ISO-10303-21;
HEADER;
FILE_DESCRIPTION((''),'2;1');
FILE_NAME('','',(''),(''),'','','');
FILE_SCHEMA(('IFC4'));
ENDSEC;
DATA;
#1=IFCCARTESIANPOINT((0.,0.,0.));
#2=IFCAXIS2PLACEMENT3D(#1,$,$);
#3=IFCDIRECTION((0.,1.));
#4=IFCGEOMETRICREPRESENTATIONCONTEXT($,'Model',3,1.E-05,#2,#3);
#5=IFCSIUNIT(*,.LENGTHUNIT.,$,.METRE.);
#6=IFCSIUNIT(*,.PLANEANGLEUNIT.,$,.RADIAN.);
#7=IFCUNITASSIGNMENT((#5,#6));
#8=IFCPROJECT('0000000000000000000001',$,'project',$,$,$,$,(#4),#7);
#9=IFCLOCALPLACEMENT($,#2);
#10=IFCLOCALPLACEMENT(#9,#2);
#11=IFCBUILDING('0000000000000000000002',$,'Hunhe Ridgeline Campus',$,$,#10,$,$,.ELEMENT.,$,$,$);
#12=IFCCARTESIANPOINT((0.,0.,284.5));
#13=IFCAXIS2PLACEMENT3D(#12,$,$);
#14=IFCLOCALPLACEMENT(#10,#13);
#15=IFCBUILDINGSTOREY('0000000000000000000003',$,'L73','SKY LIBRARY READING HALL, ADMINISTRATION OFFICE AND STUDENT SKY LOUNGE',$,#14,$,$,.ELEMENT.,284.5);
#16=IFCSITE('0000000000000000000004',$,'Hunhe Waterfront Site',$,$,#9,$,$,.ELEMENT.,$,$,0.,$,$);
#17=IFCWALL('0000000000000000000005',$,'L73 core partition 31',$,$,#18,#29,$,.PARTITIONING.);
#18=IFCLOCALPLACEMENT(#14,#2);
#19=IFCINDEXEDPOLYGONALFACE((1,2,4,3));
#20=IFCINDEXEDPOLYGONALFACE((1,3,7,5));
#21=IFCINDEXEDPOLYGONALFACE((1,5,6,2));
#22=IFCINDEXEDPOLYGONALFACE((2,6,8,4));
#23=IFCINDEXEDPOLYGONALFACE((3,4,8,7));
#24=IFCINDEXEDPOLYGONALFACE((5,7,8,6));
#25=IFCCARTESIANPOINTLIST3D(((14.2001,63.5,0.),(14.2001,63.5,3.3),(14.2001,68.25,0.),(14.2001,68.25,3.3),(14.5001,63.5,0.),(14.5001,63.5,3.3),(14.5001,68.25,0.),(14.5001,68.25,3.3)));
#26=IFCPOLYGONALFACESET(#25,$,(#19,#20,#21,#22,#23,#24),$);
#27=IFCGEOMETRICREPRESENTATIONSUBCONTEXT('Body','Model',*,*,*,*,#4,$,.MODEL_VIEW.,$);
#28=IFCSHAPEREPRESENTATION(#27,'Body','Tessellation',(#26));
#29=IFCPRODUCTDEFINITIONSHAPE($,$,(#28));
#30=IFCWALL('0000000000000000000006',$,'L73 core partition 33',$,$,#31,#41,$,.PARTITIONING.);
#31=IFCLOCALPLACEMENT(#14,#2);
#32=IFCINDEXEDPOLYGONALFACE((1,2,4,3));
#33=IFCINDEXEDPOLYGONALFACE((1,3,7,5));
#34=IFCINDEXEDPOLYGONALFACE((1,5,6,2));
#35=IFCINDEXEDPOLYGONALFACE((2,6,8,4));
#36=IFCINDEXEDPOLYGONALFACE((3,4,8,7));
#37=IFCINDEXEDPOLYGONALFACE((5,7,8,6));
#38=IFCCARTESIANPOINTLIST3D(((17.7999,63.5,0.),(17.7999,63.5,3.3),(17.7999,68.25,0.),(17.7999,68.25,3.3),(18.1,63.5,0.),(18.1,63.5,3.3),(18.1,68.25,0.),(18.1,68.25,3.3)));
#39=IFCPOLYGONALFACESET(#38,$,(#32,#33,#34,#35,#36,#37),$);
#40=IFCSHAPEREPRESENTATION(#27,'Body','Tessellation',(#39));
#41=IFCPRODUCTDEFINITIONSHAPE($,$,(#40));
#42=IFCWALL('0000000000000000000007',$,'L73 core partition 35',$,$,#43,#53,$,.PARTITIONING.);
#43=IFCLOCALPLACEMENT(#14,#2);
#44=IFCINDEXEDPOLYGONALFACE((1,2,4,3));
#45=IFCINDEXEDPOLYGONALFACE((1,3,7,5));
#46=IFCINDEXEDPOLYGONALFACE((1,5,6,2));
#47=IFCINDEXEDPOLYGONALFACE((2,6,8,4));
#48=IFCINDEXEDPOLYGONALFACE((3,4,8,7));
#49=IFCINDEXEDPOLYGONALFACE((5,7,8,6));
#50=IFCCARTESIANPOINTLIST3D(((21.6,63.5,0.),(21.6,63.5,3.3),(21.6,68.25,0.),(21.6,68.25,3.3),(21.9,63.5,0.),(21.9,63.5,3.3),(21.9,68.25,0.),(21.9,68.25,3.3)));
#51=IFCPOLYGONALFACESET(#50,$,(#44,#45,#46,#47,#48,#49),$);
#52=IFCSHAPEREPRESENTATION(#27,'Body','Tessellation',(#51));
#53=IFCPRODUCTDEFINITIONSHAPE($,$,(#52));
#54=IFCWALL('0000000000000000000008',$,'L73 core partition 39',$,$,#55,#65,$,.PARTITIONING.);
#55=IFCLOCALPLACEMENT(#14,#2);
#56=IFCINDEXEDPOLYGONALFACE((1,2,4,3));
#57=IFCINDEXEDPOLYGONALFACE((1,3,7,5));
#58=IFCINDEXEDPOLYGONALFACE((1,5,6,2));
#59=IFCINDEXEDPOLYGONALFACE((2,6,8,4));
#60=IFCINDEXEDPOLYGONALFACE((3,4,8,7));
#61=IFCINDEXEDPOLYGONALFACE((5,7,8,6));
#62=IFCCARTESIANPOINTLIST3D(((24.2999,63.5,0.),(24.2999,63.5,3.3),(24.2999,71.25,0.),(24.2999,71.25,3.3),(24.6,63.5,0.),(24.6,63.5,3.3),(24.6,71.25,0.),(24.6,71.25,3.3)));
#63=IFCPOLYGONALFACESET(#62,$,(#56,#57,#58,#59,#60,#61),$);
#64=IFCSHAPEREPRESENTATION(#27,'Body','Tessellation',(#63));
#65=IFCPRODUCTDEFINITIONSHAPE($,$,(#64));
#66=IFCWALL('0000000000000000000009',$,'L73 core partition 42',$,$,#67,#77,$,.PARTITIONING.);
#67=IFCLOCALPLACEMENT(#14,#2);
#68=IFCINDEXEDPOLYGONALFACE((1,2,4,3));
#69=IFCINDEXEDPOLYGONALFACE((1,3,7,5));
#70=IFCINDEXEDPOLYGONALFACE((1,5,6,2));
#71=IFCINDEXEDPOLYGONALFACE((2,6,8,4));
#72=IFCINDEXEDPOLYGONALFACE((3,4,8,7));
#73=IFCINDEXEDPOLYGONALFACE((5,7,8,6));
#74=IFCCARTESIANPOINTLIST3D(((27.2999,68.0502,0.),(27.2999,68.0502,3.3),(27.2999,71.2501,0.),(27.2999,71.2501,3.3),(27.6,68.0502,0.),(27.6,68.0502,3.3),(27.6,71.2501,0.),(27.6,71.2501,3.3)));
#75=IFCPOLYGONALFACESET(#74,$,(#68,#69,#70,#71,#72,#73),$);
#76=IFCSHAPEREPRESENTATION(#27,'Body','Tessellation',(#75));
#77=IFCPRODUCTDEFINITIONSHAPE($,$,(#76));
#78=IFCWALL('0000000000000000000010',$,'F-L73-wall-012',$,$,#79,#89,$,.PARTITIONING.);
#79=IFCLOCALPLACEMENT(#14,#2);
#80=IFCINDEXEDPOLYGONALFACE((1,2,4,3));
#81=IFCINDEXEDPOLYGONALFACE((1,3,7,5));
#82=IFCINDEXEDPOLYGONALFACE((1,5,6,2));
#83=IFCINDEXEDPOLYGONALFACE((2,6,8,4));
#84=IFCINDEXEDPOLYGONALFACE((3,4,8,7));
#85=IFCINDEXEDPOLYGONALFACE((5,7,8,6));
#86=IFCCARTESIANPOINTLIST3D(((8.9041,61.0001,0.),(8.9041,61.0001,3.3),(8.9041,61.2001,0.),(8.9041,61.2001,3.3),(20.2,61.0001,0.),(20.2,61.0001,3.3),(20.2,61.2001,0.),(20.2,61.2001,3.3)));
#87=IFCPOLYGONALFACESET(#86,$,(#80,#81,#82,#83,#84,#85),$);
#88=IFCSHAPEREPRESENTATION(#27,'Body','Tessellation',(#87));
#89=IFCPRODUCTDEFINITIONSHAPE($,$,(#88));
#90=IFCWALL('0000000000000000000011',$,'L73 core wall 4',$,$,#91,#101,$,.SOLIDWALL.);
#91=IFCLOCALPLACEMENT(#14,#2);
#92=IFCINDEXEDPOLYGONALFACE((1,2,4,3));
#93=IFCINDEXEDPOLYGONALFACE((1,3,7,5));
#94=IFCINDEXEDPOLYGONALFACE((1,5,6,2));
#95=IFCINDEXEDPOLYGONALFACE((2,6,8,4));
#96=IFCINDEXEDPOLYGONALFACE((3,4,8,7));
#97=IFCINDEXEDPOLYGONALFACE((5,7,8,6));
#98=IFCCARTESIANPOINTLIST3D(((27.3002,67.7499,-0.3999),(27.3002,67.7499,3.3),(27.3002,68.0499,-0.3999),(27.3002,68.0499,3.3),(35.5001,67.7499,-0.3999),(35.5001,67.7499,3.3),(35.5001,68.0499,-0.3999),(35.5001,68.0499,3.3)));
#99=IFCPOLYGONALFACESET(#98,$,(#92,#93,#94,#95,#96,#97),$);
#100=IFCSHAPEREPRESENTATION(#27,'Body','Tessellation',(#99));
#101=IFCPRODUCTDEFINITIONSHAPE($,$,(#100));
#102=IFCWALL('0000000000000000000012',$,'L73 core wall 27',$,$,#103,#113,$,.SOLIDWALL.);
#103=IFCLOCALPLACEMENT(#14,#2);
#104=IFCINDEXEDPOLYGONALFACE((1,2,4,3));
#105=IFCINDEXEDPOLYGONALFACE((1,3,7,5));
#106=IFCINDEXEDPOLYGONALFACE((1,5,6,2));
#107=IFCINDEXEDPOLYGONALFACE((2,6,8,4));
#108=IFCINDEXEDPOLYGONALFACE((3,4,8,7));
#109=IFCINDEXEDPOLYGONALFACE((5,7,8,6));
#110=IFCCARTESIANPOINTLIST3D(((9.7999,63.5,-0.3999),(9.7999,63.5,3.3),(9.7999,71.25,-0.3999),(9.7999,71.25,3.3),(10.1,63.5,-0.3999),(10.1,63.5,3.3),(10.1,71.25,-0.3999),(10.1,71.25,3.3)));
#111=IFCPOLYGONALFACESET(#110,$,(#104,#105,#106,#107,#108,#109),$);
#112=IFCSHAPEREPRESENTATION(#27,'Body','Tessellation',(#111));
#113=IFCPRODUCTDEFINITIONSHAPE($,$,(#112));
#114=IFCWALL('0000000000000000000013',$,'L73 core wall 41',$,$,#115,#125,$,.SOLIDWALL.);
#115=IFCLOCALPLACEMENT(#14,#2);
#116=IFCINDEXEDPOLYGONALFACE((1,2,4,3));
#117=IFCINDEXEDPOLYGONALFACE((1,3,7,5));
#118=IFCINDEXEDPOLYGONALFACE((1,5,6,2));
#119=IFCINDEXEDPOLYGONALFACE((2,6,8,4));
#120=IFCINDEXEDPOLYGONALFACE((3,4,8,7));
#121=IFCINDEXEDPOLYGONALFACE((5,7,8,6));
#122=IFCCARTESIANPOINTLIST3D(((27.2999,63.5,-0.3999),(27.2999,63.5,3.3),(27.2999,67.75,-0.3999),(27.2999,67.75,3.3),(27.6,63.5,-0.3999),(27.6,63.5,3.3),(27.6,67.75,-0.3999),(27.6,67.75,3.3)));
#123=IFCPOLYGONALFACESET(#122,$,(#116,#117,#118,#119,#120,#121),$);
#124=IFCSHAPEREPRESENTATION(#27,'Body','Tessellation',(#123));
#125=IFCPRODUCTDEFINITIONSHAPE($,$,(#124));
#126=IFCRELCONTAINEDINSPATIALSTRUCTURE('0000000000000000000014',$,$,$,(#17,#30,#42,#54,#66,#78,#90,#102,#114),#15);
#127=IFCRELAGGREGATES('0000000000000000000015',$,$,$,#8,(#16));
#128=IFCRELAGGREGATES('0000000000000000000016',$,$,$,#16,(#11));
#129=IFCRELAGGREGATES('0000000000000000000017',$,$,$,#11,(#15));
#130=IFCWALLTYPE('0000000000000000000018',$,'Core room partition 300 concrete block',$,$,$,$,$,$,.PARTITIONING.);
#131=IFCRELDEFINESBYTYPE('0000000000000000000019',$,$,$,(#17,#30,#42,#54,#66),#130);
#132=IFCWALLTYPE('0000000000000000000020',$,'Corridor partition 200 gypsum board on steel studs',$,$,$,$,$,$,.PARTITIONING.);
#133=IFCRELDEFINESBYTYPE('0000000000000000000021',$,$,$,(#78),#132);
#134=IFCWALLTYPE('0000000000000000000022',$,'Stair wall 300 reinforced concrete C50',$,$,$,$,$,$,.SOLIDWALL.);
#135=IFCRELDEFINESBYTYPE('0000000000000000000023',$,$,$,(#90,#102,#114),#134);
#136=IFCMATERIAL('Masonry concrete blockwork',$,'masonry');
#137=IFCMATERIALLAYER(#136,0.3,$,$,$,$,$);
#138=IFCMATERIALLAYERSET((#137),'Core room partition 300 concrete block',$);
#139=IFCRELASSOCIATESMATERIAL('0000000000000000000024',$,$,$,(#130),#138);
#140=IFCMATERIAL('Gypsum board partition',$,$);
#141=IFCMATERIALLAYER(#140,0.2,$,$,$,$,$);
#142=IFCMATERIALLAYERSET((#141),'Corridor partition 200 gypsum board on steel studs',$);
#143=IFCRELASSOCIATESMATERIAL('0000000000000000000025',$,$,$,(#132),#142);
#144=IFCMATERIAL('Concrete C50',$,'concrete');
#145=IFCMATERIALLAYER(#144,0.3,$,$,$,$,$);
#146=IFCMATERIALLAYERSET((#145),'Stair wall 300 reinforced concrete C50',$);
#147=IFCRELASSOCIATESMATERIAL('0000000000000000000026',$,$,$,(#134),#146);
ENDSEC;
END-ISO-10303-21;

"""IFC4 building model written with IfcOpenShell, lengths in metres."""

from ifc_helpers import new_model, si_unit, direction, frame, frame_2d, origin, place, context, subcontext, project, spatial, rectangle, extrude, material, layer, layer_set, type_object, element, save


model = new_model("IFC4")

# Units and contexts
model_context = context("Model", 3, precision=1e-05, world=origin(), true_north=direction((0.0, 1.0)))
body_context = subcontext(model_context, "Body", "Model", "MODEL_VIEW")
ifc_project = project(units=[si_unit("LENGTHUNIT", "METRE"), si_unit("PLANEANGLEUNIT", "RADIAN")], contexts=[model_context])

# Site, building, storey
site_placement = place(None, origin())
site = spatial("IfcSite", under=ifc_project, at=site_placement, Name="Hunhe Waterfront Site", CompositionType="ELEMENT", RefElevation=0.0)
building_placement = place(site_placement, origin())
building = spatial("IfcBuilding", under=site, at=building_placement, Name="Hunhe Ridgeline Campus", CompositionType="ELEMENT")
storey_placement = place(building_placement, frame((0.0, 0.0, 284.5)))
storey = spatial("IfcBuildingStorey", under=building, at=storey_placement, Name="L73", Description="SKY LIBRARY READING HALL, ADMINISTRATION OFFICE AND STUDENT SKY LOUNGE", CompositionType="ELEMENT", Elevation=284.5)

# Shared definitions
ifc_material_1 = material(Name="Masonry concrete blockwork", Category="masonry")
ifc_layer_1 = layer(ifc_material_1, 0.3)
ifc_layer_set_1 = layer_set([ifc_layer_1], Name="Core room partition 300 concrete block")
wall_type_1 = type_object("IfcWallType", Name="Core room partition 300 concrete block", PredefinedType="PARTITIONING", material=ifc_layer_set_1)

# Walls
for number, where, z_axis, x_axis, name in (
    (1, (14.3501, 63.5, 0.0), (0.0, 0.0, 1.0), (0.0, 1.0, 0.0), "L73 core partition 31"),
    (2, (17.95, 63.5, 0.0), (0.0, 0.0, 1.0), (0.0, 1.0, 0.0), "L73 core partition 33"),
    (3, (21.75, 63.5, 0.0), (0.0, 0.0, 1.0), (0.0, 1.0, 0.0), "L73 core partition 35"),
):
    element("IfcWall", number, at=place(storey_placement, frame(where, z_axis=z_axis, x_axis=x_axis)), inside=storey, type_object=wall_type_1, Name=name, PredefinedType="PARTITIONING", context=body_context, shape_type="SweptSolid", body=[
        extrude(rectangle(XDim=4.75, YDim=0.3, at=frame_2d((2.375, 0.0))), origin(), (0.0, 0.0, 1.0), 3.3),
    ])
wall_1_placement = place(storey_placement, frame((24.45, 63.5, 0.0), z_axis=(0.0, 0.0, 1.0), x_axis=(0.0, 1.0, 0.0)))
element("IfcWall", 4, at=wall_1_placement, inside=storey, type_object=wall_type_1, Name="L73 core partition 39", PredefinedType="PARTITIONING", context=body_context, shape_type="SweptSolid", body=[
    extrude(rectangle(XDim=7.75, YDim=0.3, at=frame_2d((3.875, 0.0))), origin(), (0.0, 0.0, 1.0), 3.3),
])
wall_2_placement = place(storey_placement, frame((27.45, 68.05, 0.0), z_axis=(0.0, 0.0, 1.0), x_axis=(0.0, 1.0, 0.0)))
element("IfcWall", 5, at=wall_2_placement, inside=storey, type_object=wall_type_1, Name="L73 core partition 42", PredefinedType="PARTITIONING", context=body_context, shape_type="SweptSolid", body=[
    extrude(rectangle(XDim=3.2, YDim=0.3, at=frame_2d((1.6001, 0.0))), origin(), (0.0, 0.0, 1.0), 3.3),
])
ifc_material_2 = material(Name="Gypsum board partition")
ifc_layer_2 = layer(ifc_material_2, 0.2)
ifc_layer_set_2 = layer_set([ifc_layer_2], Name="Corridor partition 200 gypsum board on steel studs")
wall_type_2 = type_object("IfcWallType", Name="Corridor partition 200 gypsum board on steel studs", PredefinedType="PARTITIONING", material=ifc_layer_set_2)
wall_3_placement = place(storey_placement, frame((20.2, 61.1001, 0.0), z_axis=(0.0, 0.0, 1.0), x_axis=(-1.0, 0.0, 0.0)))
element("IfcWall", 6, at=wall_3_placement, inside=storey, type_object=wall_type_2, Name="F-L73-wall-012", PredefinedType="PARTITIONING", context=body_context, shape_type="SweptSolid", body=[
    extrude(rectangle(XDim=11.2959, YDim=0.2, at=frame_2d((5.6479, 0.0))), origin(), (0.0, 0.0, 1.0), 3.3),
])

# Walls
ifc_material_3 = material(Name="Concrete C50", Category="concrete")
ifc_layer_3 = layer(ifc_material_3, 0.3)
ifc_layer_set_3 = layer_set([ifc_layer_3], Name="Stair wall 300 reinforced concrete C50")
wall_type_3 = type_object("IfcWallType", Name="Stair wall 300 reinforced concrete C50", PredefinedType="SOLIDWALL", material=ifc_layer_set_3)
wall_4_placement = place(storey_placement, frame((27.3, 67.8999, -0.3999), z_axis=(0.0, 0.0, 1.0), x_axis=(1.0, 0.0, 0.0)))
element("IfcWall", 7, at=wall_4_placement, inside=storey, type_object=wall_type_3, Name="L73 core wall 4", PredefinedType="SOLIDWALL", context=body_context, shape_type="SweptSolid", body=[
    extrude(rectangle(XDim=8.2, YDim=0.3, at=frame_2d((4.1001, 0.0))), origin(), (0.0, 0.0, 1.0), 3.7),
])
wall_5_placement = place(storey_placement, frame((9.95, 63.5, -0.3999), z_axis=(0.0, 0.0, 1.0), x_axis=(0.0, 1.0, 0.0)))
element("IfcWall", 8, at=wall_5_placement, inside=storey, type_object=wall_type_3, Name="L73 core wall 27", PredefinedType="SOLIDWALL", context=body_context, shape_type="SweptSolid", body=[
    extrude(rectangle(XDim=7.75, YDim=0.3, at=frame_2d((3.875, 0.0))), origin(), (0.0, 0.0, 1.0), 3.7),
])
wall_6_placement = place(storey_placement, frame((27.45, 63.5, -0.3999), z_axis=(0.0, 0.0, 1.0), x_axis=(0.0, 1.0, 0.0)))
element("IfcWall", 9, at=wall_6_placement, inside=storey, type_object=wall_type_3, Name="L73 core wall 41", PredefinedType="SOLIDWALL", context=body_context, shape_type="SweptSolid", body=[
    extrude(rectangle(XDim=4.25, YDim=0.3, at=frame_2d((2.125, 0.0))), origin(), (0.0, 0.0, 1.0), 3.7),
])

save(model, "model.ifc")
